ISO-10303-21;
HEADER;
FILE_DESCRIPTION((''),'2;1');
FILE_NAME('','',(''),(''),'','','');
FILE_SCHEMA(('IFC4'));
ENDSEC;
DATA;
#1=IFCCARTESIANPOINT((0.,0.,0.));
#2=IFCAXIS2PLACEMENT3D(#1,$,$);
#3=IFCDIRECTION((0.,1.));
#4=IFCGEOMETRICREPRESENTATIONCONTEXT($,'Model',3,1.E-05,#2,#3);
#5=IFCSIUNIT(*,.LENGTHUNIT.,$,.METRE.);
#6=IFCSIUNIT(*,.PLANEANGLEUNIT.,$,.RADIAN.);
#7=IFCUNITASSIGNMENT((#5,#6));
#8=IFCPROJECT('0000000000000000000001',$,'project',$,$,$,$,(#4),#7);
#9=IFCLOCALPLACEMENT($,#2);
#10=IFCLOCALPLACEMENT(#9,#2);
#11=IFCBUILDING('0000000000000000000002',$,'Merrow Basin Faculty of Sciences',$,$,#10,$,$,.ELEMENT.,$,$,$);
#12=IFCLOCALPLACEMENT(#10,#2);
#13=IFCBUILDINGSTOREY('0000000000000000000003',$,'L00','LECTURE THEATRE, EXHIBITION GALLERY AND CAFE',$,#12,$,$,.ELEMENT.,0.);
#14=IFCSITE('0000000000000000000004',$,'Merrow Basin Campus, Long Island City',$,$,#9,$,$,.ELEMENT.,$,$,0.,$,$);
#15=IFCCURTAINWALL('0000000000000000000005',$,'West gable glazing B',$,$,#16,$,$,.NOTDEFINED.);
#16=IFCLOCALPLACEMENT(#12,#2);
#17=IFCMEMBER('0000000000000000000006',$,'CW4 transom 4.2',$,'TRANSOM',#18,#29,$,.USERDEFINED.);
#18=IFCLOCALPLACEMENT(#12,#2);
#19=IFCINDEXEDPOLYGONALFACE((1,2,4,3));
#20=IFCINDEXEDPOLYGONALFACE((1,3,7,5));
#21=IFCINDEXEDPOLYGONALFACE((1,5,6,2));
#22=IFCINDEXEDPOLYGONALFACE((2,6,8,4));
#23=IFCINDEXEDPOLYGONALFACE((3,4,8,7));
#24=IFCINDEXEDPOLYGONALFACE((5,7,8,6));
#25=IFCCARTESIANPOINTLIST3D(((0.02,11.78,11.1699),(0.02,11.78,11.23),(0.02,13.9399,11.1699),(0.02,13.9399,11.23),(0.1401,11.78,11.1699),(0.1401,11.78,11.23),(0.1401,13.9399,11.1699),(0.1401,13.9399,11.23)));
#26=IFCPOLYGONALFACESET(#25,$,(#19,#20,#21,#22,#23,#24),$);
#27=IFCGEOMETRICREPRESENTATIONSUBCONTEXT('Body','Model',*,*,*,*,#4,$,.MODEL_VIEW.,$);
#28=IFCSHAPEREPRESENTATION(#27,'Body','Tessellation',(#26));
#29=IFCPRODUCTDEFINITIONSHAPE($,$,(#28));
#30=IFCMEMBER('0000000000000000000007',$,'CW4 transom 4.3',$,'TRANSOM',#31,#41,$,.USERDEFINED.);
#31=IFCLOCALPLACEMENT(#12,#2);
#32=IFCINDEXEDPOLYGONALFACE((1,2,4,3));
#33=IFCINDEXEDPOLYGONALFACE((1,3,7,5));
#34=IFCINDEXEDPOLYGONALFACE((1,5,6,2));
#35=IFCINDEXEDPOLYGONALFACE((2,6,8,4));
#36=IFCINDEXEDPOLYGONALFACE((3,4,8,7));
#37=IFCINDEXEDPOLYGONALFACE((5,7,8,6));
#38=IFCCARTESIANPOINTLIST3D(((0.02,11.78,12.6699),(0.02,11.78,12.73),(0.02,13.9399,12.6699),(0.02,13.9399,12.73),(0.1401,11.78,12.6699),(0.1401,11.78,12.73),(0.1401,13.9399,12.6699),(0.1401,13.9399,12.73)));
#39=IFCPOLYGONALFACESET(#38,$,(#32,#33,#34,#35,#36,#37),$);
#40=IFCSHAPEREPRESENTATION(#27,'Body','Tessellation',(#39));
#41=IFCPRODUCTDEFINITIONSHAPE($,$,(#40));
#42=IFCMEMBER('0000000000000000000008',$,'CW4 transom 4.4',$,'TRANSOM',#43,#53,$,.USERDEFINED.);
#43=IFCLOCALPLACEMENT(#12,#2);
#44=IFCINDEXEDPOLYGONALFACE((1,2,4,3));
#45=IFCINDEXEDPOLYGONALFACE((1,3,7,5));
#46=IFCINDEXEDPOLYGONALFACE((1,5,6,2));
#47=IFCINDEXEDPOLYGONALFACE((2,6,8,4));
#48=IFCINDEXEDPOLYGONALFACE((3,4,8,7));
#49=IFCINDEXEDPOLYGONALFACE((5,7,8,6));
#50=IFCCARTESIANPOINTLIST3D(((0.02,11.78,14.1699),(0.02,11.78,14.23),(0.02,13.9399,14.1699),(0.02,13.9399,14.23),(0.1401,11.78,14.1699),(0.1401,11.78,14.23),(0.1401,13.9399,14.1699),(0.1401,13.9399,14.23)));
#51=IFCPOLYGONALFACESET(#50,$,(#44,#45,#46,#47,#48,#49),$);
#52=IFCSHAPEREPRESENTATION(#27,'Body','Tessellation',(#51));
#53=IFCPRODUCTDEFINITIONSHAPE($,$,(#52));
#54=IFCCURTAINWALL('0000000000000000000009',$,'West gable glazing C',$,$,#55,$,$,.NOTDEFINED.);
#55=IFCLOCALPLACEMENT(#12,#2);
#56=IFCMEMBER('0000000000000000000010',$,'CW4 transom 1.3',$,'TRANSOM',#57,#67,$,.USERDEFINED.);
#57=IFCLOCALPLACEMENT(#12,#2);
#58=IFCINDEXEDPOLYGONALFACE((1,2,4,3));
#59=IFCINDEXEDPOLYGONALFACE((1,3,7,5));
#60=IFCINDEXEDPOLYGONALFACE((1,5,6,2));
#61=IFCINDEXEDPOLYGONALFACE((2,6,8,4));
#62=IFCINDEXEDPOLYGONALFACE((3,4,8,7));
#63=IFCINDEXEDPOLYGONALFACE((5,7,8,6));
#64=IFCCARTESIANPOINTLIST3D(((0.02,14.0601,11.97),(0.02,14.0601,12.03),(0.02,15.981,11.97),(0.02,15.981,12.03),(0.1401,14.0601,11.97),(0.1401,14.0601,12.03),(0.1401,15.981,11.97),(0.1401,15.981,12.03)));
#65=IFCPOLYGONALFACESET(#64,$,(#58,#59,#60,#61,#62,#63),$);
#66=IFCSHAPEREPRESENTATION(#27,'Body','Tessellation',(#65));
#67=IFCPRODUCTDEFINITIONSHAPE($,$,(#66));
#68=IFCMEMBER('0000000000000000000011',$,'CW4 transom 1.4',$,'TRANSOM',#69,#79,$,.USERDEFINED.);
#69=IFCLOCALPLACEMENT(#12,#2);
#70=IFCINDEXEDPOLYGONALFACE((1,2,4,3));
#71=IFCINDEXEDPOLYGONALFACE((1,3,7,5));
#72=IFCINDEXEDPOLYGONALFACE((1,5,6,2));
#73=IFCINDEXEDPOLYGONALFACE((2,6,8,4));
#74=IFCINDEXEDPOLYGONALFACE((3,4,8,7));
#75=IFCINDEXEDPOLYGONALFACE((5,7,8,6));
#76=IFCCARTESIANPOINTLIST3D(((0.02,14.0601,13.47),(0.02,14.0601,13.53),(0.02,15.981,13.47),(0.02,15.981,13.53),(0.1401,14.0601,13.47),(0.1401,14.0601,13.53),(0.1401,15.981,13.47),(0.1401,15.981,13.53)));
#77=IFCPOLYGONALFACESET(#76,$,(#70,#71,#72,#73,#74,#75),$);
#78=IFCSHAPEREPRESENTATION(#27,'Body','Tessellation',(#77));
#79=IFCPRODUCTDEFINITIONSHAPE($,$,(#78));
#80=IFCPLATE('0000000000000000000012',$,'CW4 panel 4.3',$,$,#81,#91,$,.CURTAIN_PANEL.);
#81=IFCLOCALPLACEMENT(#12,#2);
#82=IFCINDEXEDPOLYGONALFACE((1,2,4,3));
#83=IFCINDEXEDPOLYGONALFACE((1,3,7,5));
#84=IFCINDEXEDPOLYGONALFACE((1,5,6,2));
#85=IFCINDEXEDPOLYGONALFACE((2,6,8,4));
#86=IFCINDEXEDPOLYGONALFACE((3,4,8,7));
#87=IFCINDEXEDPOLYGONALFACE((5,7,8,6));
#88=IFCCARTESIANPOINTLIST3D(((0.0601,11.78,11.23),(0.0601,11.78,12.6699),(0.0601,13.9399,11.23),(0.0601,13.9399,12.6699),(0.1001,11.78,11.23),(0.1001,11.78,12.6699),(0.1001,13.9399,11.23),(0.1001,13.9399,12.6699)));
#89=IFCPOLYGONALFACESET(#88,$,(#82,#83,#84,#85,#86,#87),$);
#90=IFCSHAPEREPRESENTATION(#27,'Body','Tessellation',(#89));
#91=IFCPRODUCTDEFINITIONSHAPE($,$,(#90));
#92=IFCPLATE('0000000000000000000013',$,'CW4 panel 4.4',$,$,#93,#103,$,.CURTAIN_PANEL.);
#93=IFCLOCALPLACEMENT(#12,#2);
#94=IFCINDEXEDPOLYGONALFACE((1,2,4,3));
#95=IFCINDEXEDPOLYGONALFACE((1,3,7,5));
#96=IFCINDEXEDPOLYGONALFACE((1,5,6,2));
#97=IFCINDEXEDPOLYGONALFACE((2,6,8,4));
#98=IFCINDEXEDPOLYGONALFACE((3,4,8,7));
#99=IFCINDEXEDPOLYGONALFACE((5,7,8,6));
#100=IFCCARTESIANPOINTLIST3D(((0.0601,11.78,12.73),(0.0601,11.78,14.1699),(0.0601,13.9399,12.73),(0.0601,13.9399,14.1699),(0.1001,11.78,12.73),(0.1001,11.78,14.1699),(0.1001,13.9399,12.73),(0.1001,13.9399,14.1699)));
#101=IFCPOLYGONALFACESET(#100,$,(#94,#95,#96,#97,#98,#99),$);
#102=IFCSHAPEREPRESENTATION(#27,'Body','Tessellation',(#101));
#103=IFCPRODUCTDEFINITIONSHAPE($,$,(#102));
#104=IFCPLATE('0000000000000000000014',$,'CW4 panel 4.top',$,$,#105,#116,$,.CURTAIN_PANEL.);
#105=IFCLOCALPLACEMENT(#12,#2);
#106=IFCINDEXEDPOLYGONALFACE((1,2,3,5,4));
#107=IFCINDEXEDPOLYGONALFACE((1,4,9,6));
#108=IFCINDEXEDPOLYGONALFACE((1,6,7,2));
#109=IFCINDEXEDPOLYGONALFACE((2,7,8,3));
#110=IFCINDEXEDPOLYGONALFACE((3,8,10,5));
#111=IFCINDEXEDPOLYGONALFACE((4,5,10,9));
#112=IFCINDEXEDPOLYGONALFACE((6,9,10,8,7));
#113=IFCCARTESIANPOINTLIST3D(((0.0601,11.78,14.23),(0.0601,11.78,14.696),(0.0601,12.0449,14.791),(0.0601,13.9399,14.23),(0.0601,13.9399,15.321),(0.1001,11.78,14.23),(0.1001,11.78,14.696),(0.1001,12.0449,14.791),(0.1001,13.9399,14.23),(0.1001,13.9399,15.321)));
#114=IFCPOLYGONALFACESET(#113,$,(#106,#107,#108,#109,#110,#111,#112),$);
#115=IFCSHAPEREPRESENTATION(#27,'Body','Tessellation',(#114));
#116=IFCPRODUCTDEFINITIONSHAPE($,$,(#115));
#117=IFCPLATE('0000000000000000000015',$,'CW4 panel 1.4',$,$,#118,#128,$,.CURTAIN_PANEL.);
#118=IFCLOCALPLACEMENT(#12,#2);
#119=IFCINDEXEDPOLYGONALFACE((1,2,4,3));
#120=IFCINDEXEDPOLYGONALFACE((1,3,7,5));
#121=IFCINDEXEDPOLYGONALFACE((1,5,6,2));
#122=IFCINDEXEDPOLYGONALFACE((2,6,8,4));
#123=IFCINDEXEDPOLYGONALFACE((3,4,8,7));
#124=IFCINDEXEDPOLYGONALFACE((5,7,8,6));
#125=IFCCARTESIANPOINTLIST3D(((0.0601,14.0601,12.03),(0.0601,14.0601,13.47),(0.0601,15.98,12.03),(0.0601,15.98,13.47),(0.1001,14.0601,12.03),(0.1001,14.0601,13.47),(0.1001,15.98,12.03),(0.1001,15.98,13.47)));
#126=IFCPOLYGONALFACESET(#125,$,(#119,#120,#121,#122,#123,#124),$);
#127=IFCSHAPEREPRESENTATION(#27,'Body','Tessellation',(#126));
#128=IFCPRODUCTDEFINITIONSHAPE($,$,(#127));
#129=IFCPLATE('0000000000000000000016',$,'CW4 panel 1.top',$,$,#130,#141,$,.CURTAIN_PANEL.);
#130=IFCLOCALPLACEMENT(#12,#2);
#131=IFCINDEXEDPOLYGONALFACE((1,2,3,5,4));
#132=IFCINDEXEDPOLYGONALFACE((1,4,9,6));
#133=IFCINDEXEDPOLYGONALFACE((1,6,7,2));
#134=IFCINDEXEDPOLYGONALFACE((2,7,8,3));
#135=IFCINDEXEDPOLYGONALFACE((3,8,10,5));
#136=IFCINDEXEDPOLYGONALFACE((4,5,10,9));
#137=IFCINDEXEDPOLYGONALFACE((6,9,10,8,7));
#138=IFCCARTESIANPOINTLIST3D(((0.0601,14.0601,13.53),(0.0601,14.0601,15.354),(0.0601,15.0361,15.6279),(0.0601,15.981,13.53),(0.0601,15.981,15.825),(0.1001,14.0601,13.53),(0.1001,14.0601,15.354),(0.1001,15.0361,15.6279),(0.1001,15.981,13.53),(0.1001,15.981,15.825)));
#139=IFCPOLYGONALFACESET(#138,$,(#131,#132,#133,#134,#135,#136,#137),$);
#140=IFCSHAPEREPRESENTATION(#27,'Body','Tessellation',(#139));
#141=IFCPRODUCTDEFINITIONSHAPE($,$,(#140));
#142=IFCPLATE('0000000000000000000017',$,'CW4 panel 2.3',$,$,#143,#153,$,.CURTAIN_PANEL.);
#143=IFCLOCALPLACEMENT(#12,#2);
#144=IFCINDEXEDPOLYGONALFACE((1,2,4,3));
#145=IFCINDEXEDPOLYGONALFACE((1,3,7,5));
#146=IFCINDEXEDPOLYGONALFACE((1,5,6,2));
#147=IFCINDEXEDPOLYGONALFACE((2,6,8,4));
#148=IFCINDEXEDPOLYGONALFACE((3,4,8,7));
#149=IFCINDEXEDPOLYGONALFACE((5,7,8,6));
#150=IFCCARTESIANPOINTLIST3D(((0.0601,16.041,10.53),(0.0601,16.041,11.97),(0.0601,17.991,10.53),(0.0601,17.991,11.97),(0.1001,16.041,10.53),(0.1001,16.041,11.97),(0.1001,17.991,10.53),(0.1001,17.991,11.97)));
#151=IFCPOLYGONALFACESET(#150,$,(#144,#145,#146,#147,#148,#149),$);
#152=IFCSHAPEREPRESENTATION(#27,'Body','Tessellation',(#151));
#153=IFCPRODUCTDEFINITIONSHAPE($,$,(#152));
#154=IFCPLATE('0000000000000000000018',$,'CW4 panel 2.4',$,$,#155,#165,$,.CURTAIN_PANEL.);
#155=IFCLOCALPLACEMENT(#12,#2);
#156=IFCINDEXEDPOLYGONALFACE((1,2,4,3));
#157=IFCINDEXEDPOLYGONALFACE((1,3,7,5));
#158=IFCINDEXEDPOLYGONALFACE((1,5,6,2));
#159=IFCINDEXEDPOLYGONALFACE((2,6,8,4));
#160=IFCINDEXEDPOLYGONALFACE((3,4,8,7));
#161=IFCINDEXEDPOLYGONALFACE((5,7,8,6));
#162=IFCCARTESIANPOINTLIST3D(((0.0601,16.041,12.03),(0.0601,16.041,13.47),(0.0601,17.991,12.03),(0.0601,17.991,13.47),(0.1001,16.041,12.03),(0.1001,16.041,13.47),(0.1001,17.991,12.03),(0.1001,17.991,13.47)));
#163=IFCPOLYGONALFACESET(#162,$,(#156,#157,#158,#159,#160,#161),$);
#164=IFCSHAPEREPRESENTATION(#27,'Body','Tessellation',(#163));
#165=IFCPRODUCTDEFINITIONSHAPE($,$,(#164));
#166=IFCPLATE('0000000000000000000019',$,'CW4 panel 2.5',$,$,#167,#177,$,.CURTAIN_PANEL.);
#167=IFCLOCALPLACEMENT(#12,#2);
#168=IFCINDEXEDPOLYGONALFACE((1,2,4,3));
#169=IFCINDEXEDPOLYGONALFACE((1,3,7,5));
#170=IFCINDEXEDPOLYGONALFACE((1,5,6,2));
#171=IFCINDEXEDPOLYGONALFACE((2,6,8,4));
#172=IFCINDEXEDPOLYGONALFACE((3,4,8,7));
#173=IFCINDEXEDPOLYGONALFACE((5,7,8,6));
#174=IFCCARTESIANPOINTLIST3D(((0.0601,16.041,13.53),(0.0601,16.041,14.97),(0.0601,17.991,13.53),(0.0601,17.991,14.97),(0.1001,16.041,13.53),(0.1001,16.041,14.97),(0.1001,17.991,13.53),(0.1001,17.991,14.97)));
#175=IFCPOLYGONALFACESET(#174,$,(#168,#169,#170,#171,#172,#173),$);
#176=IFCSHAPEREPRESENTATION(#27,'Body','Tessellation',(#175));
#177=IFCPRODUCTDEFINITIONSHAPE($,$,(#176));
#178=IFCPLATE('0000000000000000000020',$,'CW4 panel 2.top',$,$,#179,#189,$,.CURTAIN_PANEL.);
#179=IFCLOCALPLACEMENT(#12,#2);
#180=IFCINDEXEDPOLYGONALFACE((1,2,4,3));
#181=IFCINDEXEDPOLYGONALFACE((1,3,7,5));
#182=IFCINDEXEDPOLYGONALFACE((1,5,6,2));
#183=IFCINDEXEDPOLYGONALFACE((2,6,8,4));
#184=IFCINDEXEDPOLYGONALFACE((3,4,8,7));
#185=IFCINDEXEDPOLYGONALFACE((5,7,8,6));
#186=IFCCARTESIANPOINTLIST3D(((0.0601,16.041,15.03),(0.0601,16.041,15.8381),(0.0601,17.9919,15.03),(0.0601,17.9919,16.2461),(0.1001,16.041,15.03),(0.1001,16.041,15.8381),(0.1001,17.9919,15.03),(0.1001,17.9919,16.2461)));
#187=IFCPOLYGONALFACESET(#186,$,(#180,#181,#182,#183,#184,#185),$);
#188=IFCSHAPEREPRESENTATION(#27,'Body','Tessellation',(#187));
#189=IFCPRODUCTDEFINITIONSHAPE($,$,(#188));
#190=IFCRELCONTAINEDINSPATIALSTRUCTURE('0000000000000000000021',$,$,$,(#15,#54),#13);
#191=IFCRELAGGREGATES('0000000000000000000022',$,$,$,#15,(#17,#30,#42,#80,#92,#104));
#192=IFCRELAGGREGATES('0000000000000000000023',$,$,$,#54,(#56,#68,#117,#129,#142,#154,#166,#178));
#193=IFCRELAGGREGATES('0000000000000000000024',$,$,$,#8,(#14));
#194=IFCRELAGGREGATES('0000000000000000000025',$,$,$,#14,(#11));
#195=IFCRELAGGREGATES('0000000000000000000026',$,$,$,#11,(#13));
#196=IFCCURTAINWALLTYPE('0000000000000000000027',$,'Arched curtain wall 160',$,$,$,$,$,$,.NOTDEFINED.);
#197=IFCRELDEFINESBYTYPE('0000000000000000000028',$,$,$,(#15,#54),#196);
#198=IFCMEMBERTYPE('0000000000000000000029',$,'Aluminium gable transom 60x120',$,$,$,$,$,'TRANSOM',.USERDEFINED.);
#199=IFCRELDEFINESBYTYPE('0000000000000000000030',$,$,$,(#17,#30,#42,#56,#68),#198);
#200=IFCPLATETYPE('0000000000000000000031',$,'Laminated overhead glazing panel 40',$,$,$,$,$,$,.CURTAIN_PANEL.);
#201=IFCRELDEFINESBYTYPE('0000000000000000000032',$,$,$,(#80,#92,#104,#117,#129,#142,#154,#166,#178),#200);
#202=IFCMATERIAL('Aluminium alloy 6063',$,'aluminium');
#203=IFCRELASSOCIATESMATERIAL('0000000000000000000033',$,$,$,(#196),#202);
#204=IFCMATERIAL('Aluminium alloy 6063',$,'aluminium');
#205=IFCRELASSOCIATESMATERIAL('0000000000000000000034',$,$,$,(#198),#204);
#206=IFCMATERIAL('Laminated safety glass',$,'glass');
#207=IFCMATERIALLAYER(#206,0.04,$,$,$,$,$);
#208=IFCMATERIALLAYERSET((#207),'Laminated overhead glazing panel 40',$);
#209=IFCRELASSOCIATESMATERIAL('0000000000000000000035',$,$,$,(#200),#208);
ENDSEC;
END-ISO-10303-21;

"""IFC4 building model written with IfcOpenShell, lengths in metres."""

from ifc_helpers import new_model, si_unit, direction, frame, origin, origin_2d, place, context, subcontext, project, spatial, polyline, rectangle, outline, extrude, material, layer, layer_set, material_profile, profile_set, type_object, element, aggregate, save


model = new_model("IFC4")

# Units and contexts
model_context = context("Model", 3, precision=1e-05, world=origin(), true_north=direction((0.0, 1.0)))
body_context = subcontext(model_context, "Body", "Model", "MODEL_VIEW")
ifc_project = project(units=[si_unit("LENGTHUNIT", "METRE"), si_unit("PLANEANGLEUNIT", "RADIAN")], contexts=[model_context])

# Site, building, storey
site_placement = place(None, origin())
site = spatial("IfcSite", under=ifc_project, at=site_placement, Name="Merrow Basin Campus, Long Island City", CompositionType="ELEMENT", RefElevation=0.0)
building_placement = place(site_placement, origin())
building = spatial("IfcBuilding", under=site, at=building_placement, Name="Merrow Basin Faculty of Sciences", CompositionType="ELEMENT")
storey_placement = place(building_placement, origin())
storey = spatial("IfcBuildingStorey", under=building, at=storey_placement, Name="L00", Description="LECTURE THEATRE, EXHIBITION GALLERY AND CAFE", CompositionType="ELEMENT", Elevation=0.0)

# Curtain walls, members
ifc_material_1 = material(Name="Aluminium alloy 6063", Category="aluminium")
curtain_wall_type = type_object("IfcCurtainWallType", Name="Arched curtain wall 160", PredefinedType="NOTDEFINED", material=ifc_material_1)
curtain_wall_1_placement = place(storey_placement, origin())
curtain_wall_1 = element("IfcCurtainWall", 1, at=curtain_wall_1_placement, inside=storey, type_object=curtain_wall_type, Name="West gable glazing B", PredefinedType="NOTDEFINED")
ifc_material_2 = material(Name="Aluminium alloy 6063", Category="aluminium")
ifc_material_profile = material_profile(ifc_material_2, rectangle(XDim=0.1201, YDim=0.0601, at=origin_2d()))
ifc_profile_set = profile_set([ifc_material_profile], Name="Aluminium alloy 6063")
member_type = type_object("IfcMemberType", Name="Aluminium gable transom 60x120", ElementType="TRANSOM", PredefinedType="USERDEFINED", material=ifc_profile_set)
member_1_placement = place(storey_placement, frame((0.0801, 11.78, 11.2), z_axis=(0.0, 1.0, 0.0), x_axis=(-1.0, 0.0, 0.0)))
member_1 = element("IfcMember", 2, at=member_1_placement, type_object=member_type, Name="CW4 transom 4.2", ObjectType="TRANSOM", PredefinedType="USERDEFINED", context=body_context, shape_type="SweptSolid", body=[
    extrude(rectangle(XDim=0.1201, YDim=0.0601, at=origin_2d()), origin(), (0.0, 0.0, 1.0), 2.1599),
])
member_2_placement = place(storey_placement, frame((0.0801, 11.78, 12.7), z_axis=(0.0, 1.0, 0.0), x_axis=(-1.0, 0.0, 0.0)))
member_2 = element("IfcMember", 3, at=member_2_placement, type_object=member_type, Name="CW4 transom 4.3", ObjectType="TRANSOM", PredefinedType="USERDEFINED", context=body_context, shape_type="SweptSolid", body=[
    extrude(rectangle(XDim=0.1201, YDim=0.0601, at=origin_2d()), origin(), (0.0, 0.0, 1.0), 2.1599),
])
member_3_placement = place(storey_placement, frame((0.0801, 11.78, 14.2), z_axis=(0.0, 1.0, 0.0), x_axis=(-1.0, 0.0, 0.0)))
member_3 = element("IfcMember", 4, at=member_3_placement, type_object=member_type, Name="CW4 transom 4.4", ObjectType="TRANSOM", PredefinedType="USERDEFINED", context=body_context, shape_type="SweptSolid", body=[
    extrude(rectangle(XDim=0.1201, YDim=0.0601, at=origin_2d()), origin(), (0.0, 0.0, 1.0), 2.1599),
])
curtain_wall_2_placement = place(storey_placement, origin())
curtain_wall_2 = element("IfcCurtainWall", 5, at=curtain_wall_2_placement, inside=storey, type_object=curtain_wall_type, Name="West gable glazing C", PredefinedType="NOTDEFINED")
member_4_placement = place(storey_placement, frame((0.0801, 14.0601, 12.0), z_axis=(0.0, 1.0, 0.0), x_axis=(-1.0, 0.0, 0.0)))
member_4 = element("IfcMember", 6, at=member_4_placement, type_object=member_type, Name="CW4 transom 1.3", ObjectType="TRANSOM", PredefinedType="USERDEFINED", context=body_context, shape_type="SweptSolid", body=[
    extrude(rectangle(XDim=0.1201, YDim=0.0601, at=origin_2d()), origin(), (0.0, 0.0, 1.0), 1.9209),
])
member_5_placement = place(storey_placement, frame((0.0801, 14.0601, 13.5), z_axis=(0.0, 1.0, 0.0), x_axis=(-1.0, 0.0, 0.0)))
member_5 = element("IfcMember", 7, at=member_5_placement, type_object=member_type, Name="CW4 transom 1.4", ObjectType="TRANSOM", PredefinedType="USERDEFINED", context=body_context, shape_type="SweptSolid", body=[
    extrude(rectangle(XDim=0.1201, YDim=0.0601, at=origin_2d()), origin(), (0.0, 0.0, 1.0), 1.9209),
])

# Plates
ifc_material_3 = material(Name="Laminated safety glass", Category="glass")
ifc_layer = layer(ifc_material_3, 0.04)
ifc_layer_set = layer_set([ifc_layer], Name="Laminated overhead glazing panel 40")
plate_type = type_object("IfcPlateType", Name="Laminated overhead glazing panel 40", PredefinedType="CURTAIN_PANEL", material=ifc_layer_set)
plate_1_placement = place(storey_placement, frame((0.0601, 11.78, 11.23), z_axis=(1.0, 0.0, 0.0), x_axis=(0.0, 1.0, 0.0)))
plate_1 = element("IfcPlate", 8, at=plate_1_placement, type_object=plate_type, Name="CW4 panel 4.3", PredefinedType="CURTAIN_PANEL", context=body_context, shape_type="SweptSolid", body=[
    extrude(outline(polyline([(0.0, 0.0), (2.1599, 0.0), (2.1599, 1.4399), (0.0, 1.4399), (0.0, 0.0)])), origin(), (0.0, 0.0, 1.0), 0.04),
])
plate_2_placement = place(storey_placement, frame((0.0601, 11.78, 12.73), z_axis=(1.0, 0.0, 0.0), x_axis=(0.0, 1.0, 0.0)))
plate_2 = element("IfcPlate", 9, at=plate_2_placement, type_object=plate_type, Name="CW4 panel 4.4", PredefinedType="CURTAIN_PANEL", context=body_context, shape_type="SweptSolid", body=[
    extrude(outline(polyline([(0.0, 0.0), (2.1599, 0.0), (2.1599, 1.4399), (0.0, 1.4399), (0.0, 0.0)])), origin(), (0.0, 0.0, 1.0), 0.04),
])
plate_3_placement = place(storey_placement, frame((0.0601, 11.78, 14.23), z_axis=(1.0, 0.0, 0.0), x_axis=(0.0, 1.0, 0.0)))
plate_3 = element("IfcPlate", 10, at=plate_3_placement, type_object=plate_type, Name="CW4 panel 4.top", PredefinedType="CURTAIN_PANEL", context=body_context, shape_type="SweptSolid", body=[
    extrude(outline(polyline([(0.0, 0.0), (2.1599, 0.0), (2.1599, 1.0911), (0.2649, 0.561), (0.0, 0.4661), (0.0, 0.0)])), origin(), (0.0, 0.0, 1.0), 0.04),
])
aggregate(curtain_wall_1, [member_1, member_2, member_3, plate_1, plate_2, plate_3])
plate_4_placement = place(storey_placement, frame((0.0601, 14.0601, 12.03), z_axis=(1.0, 0.0, 0.0), x_axis=(0.0, 1.0, 0.0)))
plate_4 = element("IfcPlate", 11, at=plate_4_placement, type_object=plate_type, Name="CW4 panel 1.4", PredefinedType="CURTAIN_PANEL", context=body_context, shape_type="SweptSolid", body=[
    extrude(outline(polyline([(0.0, 0.0), (1.9199, 0.0), (1.9199, 1.4399), (0.0, 1.4399), (0.0, 0.0)])), origin(), (0.0, 0.0, 1.0), 0.04),
])
plate_5_placement = place(storey_placement, frame((0.0601, 14.0601, 13.53), z_axis=(1.0, 0.0, 0.0), x_axis=(0.0, 1.0, 0.0)))
plate_5 = element("IfcPlate", 12, at=plate_5_placement, type_object=plate_type, Name="CW4 panel 1.top", PredefinedType="CURTAIN_PANEL", context=body_context, shape_type="SweptSolid", body=[
    extrude(outline(polyline([(0.0, 0.0), (1.9209, 0.0), (1.9209, 2.2949), (0.9761, 2.0979), (0.0, 1.824), (0.0, 0.0)])), origin(), (0.0, 0.0, 1.0), 0.04),
])
plate_6_placement = place(storey_placement, frame((0.0601, 16.041, 10.53), z_axis=(1.0, 0.0, 0.0), x_axis=(0.0, 1.0, 0.0)))
plate_6 = element("IfcPlate", 13, at=plate_6_placement, type_object=plate_type, Name="CW4 panel 2.3", PredefinedType="CURTAIN_PANEL", context=body_context, shape_type="SweptSolid", body=[
    extrude(outline(polyline([(0.0, 0.0), (1.95, 0.0), (1.95, 1.4399), (0.0, 1.4399), (0.0, 0.0)])), origin(), (0.0, 0.0, 1.0), 0.04),
])
plate_7_placement = place(storey_placement, frame((0.0601, 16.041, 12.03), z_axis=(1.0, 0.0, 0.0), x_axis=(0.0, 1.0, 0.0)))
plate_7 = element("IfcPlate", 14, at=plate_7_placement, type_object=plate_type, Name="CW4 panel 2.4", PredefinedType="CURTAIN_PANEL", context=body_context, shape_type="SweptSolid", body=[
    extrude(outline(polyline([(0.0, 0.0), (1.95, 0.0), (1.95, 1.4399), (0.0, 1.4399), (0.0, 0.0)])), origin(), (0.0, 0.0, 1.0), 0.04),
])
plate_8_placement = place(storey_placement, frame((0.0601, 16.041, 13.53), z_axis=(1.0, 0.0, 0.0), x_axis=(0.0, 1.0, 0.0)))
plate_8 = element("IfcPlate", 15, at=plate_8_placement, type_object=plate_type, Name="CW4 panel 2.5", PredefinedType="CURTAIN_PANEL", context=body_context, shape_type="SweptSolid", body=[
    extrude(outline(polyline([(0.0, 0.0), (1.95, 0.0), (1.95, 1.4399), (0.0, 1.4399), (0.0, 0.0)])), origin(), (0.0, 0.0, 1.0), 0.04),
])
plate_9_placement = place(storey_placement, frame((0.0601, 16.041, 15.03), z_axis=(1.0, 0.0, 0.0), x_axis=(0.0, 1.0, 0.0)))
plate_9 = element("IfcPlate", 16, at=plate_9_placement, type_object=plate_type, Name="CW4 panel 2.top", PredefinedType="CURTAIN_PANEL", context=body_context, shape_type="SweptSolid", body=[
    extrude(outline(polyline([(0.0, 0.0), (1.9509, 0.0), (1.9509, 1.2161), (0.0, 0.8081), (0.0, 0.0)])), origin(), (0.0, 0.0, 1.0), 0.04),
])
aggregate(curtain_wall_2, [member_4, member_5, plate_4, plate_5, plate_6, plate_7, plate_8, plate_9])

save(model, "model.ifc")
